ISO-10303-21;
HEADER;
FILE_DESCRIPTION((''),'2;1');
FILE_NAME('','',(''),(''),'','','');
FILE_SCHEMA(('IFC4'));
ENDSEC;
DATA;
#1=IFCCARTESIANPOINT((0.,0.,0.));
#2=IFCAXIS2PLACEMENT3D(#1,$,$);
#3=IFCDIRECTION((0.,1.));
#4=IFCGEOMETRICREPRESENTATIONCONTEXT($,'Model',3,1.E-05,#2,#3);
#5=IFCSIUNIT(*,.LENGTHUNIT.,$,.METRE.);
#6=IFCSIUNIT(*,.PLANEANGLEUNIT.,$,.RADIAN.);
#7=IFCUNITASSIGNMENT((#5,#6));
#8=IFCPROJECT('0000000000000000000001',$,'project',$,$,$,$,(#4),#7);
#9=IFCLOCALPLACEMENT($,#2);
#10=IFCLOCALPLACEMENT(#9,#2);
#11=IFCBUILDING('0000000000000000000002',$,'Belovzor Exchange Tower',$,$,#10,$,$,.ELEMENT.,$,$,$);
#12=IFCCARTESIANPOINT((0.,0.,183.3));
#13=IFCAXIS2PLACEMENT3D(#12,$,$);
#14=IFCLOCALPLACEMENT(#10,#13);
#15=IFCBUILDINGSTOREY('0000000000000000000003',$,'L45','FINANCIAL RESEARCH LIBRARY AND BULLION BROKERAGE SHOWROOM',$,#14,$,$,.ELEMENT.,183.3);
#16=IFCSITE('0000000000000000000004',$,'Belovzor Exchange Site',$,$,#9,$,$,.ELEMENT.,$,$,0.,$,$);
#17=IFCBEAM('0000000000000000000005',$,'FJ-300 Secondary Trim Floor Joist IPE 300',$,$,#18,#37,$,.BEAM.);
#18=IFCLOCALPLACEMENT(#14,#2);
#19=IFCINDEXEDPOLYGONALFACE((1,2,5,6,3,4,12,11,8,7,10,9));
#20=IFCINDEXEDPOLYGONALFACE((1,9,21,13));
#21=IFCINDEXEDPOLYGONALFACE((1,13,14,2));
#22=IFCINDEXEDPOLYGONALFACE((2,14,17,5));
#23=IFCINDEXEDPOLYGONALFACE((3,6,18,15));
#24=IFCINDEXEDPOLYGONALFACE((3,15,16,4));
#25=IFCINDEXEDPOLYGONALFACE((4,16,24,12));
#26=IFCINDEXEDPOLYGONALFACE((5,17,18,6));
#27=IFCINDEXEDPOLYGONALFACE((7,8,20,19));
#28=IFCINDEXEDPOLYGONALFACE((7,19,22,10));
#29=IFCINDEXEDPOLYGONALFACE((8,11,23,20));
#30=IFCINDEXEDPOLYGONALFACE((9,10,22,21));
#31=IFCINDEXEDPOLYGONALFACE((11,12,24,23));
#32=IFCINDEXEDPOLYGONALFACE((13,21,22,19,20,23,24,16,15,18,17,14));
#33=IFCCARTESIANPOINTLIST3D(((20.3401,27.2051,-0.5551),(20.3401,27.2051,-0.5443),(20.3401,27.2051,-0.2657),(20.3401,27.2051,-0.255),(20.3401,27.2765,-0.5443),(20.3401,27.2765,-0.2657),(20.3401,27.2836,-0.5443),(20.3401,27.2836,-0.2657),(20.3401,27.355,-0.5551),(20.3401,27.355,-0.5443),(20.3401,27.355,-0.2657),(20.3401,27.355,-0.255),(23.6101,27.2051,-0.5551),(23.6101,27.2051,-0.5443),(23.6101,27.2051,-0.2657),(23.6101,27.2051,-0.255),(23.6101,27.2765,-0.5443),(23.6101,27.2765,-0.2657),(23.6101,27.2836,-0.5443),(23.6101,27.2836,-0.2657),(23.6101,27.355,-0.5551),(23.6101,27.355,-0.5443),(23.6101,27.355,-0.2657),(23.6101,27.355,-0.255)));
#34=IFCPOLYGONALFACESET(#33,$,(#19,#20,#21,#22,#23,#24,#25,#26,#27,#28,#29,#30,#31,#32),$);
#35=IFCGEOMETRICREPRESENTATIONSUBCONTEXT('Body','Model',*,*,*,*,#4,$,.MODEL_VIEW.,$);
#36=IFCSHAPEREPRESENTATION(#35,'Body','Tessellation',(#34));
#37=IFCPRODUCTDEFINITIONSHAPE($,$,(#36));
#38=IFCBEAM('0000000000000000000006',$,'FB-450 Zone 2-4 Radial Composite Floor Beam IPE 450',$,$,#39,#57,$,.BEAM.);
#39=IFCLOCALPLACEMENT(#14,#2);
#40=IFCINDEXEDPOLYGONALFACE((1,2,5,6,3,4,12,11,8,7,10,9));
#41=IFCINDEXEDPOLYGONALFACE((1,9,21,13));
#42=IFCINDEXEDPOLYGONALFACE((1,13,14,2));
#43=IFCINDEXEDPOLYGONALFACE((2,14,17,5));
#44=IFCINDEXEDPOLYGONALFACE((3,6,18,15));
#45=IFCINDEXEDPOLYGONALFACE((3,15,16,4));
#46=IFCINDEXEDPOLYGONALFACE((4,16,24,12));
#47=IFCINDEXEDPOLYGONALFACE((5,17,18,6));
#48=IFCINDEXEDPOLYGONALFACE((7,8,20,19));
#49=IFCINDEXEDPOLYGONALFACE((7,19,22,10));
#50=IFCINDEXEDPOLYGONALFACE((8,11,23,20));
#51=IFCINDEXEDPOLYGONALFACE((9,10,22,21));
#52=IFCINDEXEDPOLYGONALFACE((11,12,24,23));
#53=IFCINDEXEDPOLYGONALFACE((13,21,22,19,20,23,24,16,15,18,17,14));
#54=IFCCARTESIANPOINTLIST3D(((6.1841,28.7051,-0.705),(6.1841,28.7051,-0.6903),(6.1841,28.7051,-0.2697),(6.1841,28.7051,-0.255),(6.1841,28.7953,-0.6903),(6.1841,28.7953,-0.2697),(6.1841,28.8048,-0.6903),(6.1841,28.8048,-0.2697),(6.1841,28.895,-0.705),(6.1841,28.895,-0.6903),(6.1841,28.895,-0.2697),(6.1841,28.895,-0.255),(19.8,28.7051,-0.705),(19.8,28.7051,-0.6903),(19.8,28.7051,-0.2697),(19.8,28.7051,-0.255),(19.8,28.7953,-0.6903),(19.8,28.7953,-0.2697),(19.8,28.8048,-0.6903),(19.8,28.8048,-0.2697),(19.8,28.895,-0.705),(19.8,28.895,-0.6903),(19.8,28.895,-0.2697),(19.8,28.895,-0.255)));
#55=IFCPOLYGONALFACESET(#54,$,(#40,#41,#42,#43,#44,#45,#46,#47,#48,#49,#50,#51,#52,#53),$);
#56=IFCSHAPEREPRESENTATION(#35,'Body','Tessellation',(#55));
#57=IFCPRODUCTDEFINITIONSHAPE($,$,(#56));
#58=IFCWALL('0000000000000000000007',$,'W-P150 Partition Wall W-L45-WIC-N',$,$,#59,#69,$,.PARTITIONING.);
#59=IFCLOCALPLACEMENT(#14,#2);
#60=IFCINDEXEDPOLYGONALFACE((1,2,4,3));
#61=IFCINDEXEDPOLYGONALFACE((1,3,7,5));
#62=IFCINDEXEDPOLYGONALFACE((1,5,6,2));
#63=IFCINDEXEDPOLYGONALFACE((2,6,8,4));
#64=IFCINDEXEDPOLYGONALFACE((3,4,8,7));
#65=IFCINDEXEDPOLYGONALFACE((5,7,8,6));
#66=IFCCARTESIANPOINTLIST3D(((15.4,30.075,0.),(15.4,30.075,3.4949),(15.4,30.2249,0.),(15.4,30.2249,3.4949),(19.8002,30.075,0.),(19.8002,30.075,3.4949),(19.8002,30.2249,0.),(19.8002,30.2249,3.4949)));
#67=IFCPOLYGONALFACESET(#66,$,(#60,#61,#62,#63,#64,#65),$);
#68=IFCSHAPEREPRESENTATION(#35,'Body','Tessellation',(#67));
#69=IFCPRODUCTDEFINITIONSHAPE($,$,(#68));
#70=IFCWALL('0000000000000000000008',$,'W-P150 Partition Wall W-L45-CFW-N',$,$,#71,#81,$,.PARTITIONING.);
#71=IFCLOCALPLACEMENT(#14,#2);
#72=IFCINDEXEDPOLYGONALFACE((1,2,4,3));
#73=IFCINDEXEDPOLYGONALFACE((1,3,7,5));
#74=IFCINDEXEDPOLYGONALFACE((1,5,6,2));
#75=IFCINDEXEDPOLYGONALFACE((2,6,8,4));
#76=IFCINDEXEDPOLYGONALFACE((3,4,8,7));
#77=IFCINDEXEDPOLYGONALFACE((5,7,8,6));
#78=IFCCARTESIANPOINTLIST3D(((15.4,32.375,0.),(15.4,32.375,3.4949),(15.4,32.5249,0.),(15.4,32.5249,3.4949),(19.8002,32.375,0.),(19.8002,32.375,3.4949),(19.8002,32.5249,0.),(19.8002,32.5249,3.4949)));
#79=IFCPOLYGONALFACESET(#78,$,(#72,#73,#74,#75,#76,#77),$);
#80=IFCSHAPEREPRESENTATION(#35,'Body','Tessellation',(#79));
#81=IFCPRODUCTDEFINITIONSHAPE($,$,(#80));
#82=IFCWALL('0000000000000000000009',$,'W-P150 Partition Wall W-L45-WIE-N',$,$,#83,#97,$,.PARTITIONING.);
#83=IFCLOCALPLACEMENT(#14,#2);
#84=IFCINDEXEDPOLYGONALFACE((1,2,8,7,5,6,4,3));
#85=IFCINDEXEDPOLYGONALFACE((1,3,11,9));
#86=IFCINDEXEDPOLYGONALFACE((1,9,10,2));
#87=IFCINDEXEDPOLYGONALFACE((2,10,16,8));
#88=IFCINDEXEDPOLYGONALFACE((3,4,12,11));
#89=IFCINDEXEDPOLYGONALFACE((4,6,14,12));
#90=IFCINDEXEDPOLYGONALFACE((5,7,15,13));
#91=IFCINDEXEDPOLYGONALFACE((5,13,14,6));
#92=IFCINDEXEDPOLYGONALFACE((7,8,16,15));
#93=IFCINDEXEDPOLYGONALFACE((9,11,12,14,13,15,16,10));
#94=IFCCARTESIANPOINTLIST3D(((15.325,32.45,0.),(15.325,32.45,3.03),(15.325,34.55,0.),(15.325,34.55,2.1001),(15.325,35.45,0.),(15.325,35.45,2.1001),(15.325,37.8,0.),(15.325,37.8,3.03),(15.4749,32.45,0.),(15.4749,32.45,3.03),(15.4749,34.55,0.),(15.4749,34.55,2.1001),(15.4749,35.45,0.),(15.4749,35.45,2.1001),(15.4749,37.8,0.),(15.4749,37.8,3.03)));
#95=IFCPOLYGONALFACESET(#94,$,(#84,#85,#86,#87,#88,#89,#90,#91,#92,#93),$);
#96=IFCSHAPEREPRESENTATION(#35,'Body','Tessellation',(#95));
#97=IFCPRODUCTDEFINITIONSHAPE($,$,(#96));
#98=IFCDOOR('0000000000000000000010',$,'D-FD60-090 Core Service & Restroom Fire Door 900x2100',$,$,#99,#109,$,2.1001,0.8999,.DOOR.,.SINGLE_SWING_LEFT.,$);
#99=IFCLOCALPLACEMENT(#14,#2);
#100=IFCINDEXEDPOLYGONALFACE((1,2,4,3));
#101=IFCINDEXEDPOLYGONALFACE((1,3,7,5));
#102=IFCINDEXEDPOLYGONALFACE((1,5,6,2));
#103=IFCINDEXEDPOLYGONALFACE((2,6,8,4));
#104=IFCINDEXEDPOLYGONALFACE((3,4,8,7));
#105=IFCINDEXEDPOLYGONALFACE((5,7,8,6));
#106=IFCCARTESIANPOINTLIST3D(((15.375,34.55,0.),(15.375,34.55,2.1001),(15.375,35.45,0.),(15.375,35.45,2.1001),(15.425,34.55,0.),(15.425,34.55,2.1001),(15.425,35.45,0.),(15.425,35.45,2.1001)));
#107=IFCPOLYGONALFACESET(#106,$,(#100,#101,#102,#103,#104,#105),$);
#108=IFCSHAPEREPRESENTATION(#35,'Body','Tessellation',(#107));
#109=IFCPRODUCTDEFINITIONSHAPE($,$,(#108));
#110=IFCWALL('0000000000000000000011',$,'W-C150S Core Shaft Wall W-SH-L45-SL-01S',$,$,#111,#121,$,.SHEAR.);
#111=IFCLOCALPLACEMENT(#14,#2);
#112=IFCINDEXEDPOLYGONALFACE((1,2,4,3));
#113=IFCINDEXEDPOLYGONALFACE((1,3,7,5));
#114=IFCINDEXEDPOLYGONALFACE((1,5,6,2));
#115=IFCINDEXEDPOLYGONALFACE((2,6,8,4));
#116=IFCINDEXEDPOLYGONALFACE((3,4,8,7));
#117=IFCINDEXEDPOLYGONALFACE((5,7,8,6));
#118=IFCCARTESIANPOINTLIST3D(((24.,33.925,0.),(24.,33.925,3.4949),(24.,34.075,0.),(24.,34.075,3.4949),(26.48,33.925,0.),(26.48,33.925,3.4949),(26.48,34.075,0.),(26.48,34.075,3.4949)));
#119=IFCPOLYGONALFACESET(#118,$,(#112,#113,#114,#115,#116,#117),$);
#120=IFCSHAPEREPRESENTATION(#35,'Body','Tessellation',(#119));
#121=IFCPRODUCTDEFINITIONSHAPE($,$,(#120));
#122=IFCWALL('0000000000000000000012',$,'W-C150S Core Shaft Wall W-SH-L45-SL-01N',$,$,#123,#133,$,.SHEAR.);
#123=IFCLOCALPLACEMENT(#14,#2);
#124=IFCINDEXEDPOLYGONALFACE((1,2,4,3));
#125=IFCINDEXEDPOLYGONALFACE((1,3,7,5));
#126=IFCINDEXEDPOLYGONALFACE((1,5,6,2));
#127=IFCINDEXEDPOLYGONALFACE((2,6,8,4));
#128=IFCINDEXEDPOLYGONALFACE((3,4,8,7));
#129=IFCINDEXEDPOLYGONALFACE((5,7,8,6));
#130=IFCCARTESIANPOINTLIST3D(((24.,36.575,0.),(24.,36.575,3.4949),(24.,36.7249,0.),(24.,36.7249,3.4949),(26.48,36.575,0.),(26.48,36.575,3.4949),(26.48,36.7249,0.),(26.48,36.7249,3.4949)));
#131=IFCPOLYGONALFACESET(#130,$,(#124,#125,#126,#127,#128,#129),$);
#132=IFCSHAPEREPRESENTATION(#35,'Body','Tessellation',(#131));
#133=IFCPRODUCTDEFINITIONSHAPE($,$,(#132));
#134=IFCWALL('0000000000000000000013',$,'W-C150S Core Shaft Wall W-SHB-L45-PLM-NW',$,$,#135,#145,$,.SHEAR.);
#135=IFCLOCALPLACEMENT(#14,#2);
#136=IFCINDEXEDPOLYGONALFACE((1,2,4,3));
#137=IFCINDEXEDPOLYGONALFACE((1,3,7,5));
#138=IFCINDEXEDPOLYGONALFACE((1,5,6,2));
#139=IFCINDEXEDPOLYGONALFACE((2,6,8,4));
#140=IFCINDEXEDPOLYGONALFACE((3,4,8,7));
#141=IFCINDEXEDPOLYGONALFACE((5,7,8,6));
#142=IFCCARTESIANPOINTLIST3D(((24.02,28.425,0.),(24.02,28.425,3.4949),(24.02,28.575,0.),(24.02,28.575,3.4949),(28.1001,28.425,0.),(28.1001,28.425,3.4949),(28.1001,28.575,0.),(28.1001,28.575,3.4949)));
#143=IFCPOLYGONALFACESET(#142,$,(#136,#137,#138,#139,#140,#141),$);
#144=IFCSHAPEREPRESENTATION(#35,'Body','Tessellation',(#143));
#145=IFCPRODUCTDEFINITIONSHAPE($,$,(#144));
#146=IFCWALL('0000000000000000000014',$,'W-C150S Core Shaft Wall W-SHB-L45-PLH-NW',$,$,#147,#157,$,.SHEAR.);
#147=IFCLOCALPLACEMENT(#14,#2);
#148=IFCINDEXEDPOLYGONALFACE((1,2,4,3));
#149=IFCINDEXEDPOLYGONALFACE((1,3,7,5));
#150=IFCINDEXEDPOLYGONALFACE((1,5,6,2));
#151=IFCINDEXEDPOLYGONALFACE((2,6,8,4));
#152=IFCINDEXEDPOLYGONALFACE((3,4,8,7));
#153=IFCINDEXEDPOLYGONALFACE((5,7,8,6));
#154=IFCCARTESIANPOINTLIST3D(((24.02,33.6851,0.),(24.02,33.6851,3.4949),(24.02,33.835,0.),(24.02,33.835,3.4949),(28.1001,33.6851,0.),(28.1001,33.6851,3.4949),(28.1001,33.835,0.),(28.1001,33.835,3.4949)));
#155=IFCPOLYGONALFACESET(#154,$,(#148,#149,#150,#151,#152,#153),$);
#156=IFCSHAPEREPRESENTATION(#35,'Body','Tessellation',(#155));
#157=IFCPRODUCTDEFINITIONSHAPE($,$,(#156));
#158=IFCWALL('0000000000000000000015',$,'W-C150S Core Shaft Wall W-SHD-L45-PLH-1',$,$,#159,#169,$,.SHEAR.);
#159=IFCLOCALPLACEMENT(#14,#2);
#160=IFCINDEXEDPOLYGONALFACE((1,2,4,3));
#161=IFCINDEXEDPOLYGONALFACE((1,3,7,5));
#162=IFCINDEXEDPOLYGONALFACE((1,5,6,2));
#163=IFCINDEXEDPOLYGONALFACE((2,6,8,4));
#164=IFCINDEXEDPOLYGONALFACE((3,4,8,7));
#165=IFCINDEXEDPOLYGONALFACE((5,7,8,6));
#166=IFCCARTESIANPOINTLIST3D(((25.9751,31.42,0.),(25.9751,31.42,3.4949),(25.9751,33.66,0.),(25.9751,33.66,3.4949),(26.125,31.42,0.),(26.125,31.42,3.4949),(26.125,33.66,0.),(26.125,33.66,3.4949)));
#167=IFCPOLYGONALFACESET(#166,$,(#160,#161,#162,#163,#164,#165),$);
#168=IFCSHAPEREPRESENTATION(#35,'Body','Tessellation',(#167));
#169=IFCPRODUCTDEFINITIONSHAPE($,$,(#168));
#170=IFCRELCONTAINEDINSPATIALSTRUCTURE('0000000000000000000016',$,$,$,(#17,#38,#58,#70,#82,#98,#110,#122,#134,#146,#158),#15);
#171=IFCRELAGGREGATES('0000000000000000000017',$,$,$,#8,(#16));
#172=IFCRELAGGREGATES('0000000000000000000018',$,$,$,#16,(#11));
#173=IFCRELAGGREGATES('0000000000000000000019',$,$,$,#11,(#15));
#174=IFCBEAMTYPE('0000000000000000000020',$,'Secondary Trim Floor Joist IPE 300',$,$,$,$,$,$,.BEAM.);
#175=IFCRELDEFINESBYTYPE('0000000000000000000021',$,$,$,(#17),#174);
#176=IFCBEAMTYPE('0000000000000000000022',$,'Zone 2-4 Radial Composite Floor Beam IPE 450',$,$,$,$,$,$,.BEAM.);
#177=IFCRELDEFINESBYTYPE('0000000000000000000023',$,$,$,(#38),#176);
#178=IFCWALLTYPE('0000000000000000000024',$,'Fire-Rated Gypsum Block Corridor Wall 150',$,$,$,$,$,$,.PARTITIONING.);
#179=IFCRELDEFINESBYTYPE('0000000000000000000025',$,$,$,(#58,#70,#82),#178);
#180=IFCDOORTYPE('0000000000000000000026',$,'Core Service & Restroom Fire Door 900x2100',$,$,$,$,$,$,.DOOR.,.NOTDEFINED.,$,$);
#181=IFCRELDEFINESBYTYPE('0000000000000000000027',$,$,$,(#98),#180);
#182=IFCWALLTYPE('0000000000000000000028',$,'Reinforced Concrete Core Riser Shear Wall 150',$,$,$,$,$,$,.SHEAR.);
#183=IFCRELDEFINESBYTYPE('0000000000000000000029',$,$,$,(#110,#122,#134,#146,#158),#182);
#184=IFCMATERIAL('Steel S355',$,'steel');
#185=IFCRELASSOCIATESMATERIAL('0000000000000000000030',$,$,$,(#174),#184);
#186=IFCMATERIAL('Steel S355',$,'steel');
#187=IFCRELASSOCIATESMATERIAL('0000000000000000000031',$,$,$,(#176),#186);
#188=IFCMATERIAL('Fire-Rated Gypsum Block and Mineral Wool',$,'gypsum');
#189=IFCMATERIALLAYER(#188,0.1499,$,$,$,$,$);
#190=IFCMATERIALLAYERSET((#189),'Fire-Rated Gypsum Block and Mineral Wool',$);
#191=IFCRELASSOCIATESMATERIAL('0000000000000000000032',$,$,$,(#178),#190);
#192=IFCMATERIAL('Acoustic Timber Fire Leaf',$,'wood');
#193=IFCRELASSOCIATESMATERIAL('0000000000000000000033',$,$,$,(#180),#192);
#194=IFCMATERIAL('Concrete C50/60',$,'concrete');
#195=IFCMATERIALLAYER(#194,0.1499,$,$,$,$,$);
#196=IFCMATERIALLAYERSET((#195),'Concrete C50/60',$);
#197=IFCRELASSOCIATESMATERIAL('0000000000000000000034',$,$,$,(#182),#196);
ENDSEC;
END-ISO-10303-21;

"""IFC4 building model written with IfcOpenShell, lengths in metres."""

from ifc_helpers import new_model, si_unit, direction, frame, frame_2d, origin, origin_2d, place, context, subcontext, project, spatial, rectangle, i_section, extrude, material, layer, layer_set, material_profile, profile_set, type_object, element, fill, save


model = new_model("IFC4")

# Units and contexts
model_context = context("Model", 3, precision=1e-05, world=origin(), true_north=direction((0.0, 1.0)))
body_context = subcontext(model_context, "Body", "Model", "MODEL_VIEW")
ifc_project = project(units=[si_unit("LENGTHUNIT", "METRE"), si_unit("PLANEANGLEUNIT", "RADIAN")], contexts=[model_context])

# Site, building, storey
site_placement = place(None, origin())
site = spatial("IfcSite", under=ifc_project, at=site_placement, Name="Belovzor Exchange Site", CompositionType="ELEMENT", RefElevation=0.0)
building_placement = place(site_placement, origin())
building = spatial("IfcBuilding", under=site, at=building_placement, Name="Belovzor Exchange Tower", CompositionType="ELEMENT")
storey_placement = place(building_placement, frame((0.0, 0.0, 183.3)))
storey = spatial("IfcBuildingStorey", under=building, at=storey_placement, Name="L45", Description="FINANCIAL RESEARCH LIBRARY AND BULLION BROKERAGE SHOWROOM", CompositionType="ELEMENT", Elevation=183.3)

# Beams
ifc_material_1 = material(Name="Steel S355", Category="steel")
ifc_material_profile_1 = material_profile(ifc_material_1, i_section(OverallWidth=0.1499, OverallDepth=0.3, WebThickness=0.0071, FlangeThickness=0.0107, at=origin_2d()))
ifc_profile_set_1 = profile_set([ifc_material_profile_1], Name="Steel S355")
beam_type_1 = type_object("IfcBeamType", Name="Secondary Trim Floor Joist IPE 300", PredefinedType="BEAM", material=ifc_profile_set_1)
beam_1_placement = place(storey_placement, frame((20.3401, 27.28, -0.405), z_axis=(1.0, 0.0, 0.0), x_axis=(0.0, 1.0, 0.0)))
element("IfcBeam", 1, at=beam_1_placement, inside=storey, type_object=beam_type_1, Name="FJ-300 Secondary Trim Floor Joist IPE 300", PredefinedType="BEAM", context=body_context, shape_type="SweptSolid", body=[
    extrude(i_section(OverallWidth=0.1499, OverallDepth=0.3, WebThickness=0.0071, FlangeThickness=0.0107, at=origin_2d()), origin(), (0.0, 0.0, 1.0), 3.27),
])
ifc_material_2 = material(Name="Steel S355", Category="steel")
ifc_material_profile_2 = material_profile(ifc_material_2, i_section(OverallWidth=0.1899, OverallDepth=0.45, WebThickness=0.0095, FlangeThickness=0.0146, at=origin_2d()))
ifc_profile_set_2 = profile_set([ifc_material_profile_2], Name="Steel S355")
beam_type_2 = type_object("IfcBeamType", Name="Zone 2-4 Radial Composite Floor Beam IPE 450", PredefinedType="BEAM", material=ifc_profile_set_2)
beam_2_placement = place(storey_placement, frame((19.8, 28.8, -0.48), z_axis=(-1.0, 0.0, 0.0), x_axis=(0.0, -1.0, 0.0)))
element("IfcBeam", 2, at=beam_2_placement, inside=storey, type_object=beam_type_2, Name="FB-450 Zone 2-4 Radial Composite Floor Beam IPE 450", PredefinedType="BEAM", context=body_context, shape_type="SweptSolid", body=[
    extrude(i_section(OverallWidth=0.1899, OverallDepth=0.45, WebThickness=0.0095, FlangeThickness=0.0146, at=origin_2d()), origin(), (0.0, 0.0, 1.0), 13.616),
])

# Walls
ifc_material_3 = material(Name="Fire-Rated Gypsum Block and Mineral Wool", Category="gypsum")
ifc_layer_1 = layer(ifc_material_3, 0.1499)
ifc_layer_set_1 = layer_set([ifc_layer_1], Name="Fire-Rated Gypsum Block and Mineral Wool")
wall_type_1 = type_object("IfcWallType", Name="Fire-Rated Gypsum Block Corridor Wall 150", PredefinedType="PARTITIONING", material=ifc_layer_set_1)
for number, where, z_axis, x_axis, name in (
    (3, (15.3999, 30.1499, 0.0), (0.0, 0.0, 1.0), (1.0, 0.0, 0.0), "W-P150 Partition Wall W-L45-WIC-N"),
    (4, (15.3999, 32.45, 0.0), (0.0, 0.0, 1.0), (1.0, 0.0, 0.0), "W-P150 Partition Wall W-L45-CFW-N"),
):
    element("IfcWall", number, at=place(storey_placement, frame(where, z_axis=z_axis, x_axis=x_axis)), inside=storey, type_object=wall_type_1, Name=name, PredefinedType="PARTITIONING", context=body_context, shape_type="SweptSolid", body=[
        extrude(rectangle(XDim=4.4001, YDim=0.1499, at=frame_2d((2.2002, 0.0))), origin(), (0.0, 0.0, 1.0), 3.4949),
    ])

# Wall, opening, door
wall_1_placement = place(storey_placement, frame((15.3999, 32.45, 0.0), z_axis=(0.0, 0.0, 1.0), x_axis=(0.0, 1.0, 0.0)))
wall_1 = element("IfcWall", 5, at=wall_1_placement, inside=storey, type_object=wall_type_1, Name="W-P150 Partition Wall W-L45-WIE-N", PredefinedType="PARTITIONING", context=body_context, shape_type="SweptSolid", body=[
    extrude(rectangle(XDim=5.3501, YDim=0.1499, at=frame_2d((2.675, 0.0))), origin(), (0.0, 0.0, 1.0), 3.03),
])
opening_1_placement = place(wall_1_placement, frame((2.1001, 0.0, 0.0)))
opening_1 = element("IfcOpeningElement", 6, at=opening_1_placement, cuts=wall_1, PredefinedType="OPENING", context=body_context, shape_type="SweptSolid", body=[
    extrude(rectangle(XDim=0.8999, YDim=2.1001, at=frame_2d((0.45, 1.05))), frame((0.0, 0.085, 0.0), z_axis=(0.0, -1.0, 0.0), x_axis=(1.0, 0.0, 0.0)), (0.0, 0.0, 1.0), 0.1699),
])
ifc_material_4 = material(Name="Acoustic Timber Fire Leaf", Category="wood")
door_type_1 = type_object("IfcDoorType", Name="Core Service & Restroom Fire Door 900x2100", OperationType="NOTDEFINED", PredefinedType="DOOR", material=ifc_material_4)
door_1_placement = place(opening_1_placement, origin())
door_1 = element("IfcDoor", 7, at=door_1_placement, inside=storey, type_object=door_type_1, Name="D-FD60-090 Core Service & Restroom Fire Door 900x2100", OperationType="SINGLE_SWING_LEFT", OverallHeight=2.1001, OverallWidth=0.8999, PredefinedType="DOOR", context=body_context, shape_type="SweptSolid", body=[
    extrude(rectangle(XDim=0.8999, YDim=2.1001, at=frame_2d((0.45, 1.05))), frame((0.0, 0.0249, 0.0), z_axis=(0.0, -1.0, 0.0), x_axis=(1.0, 0.0, 0.0)), (0.0, 0.0, 1.0), 0.05),
])
fill(opening_1, door_1)

# Walls
ifc_material_5 = material(Name="Concrete C50/60", Category="concrete")
ifc_layer_2 = layer(ifc_material_5, 0.1499)
ifc_layer_set_2 = layer_set([ifc_layer_2], Name="Concrete C50/60")
wall_type_2 = type_object("IfcWallType", Name="Reinforced Concrete Core Riser Shear Wall 150", PredefinedType="SHEAR", material=ifc_layer_set_2)
for number, where, z_axis, x_axis, name in (
    (8, (24.0, 34.0, 0.0), (0.0, 0.0, 1.0), (1.0, 0.0, 0.0), "W-C150S Core Shaft Wall W-SH-L45-SL-01S"),
    (9, (24.0, 36.6499, 0.0), (0.0, 0.0, 1.0), (1.0, 0.0, 0.0), "W-C150S Core Shaft Wall W-SH-L45-SL-01N"),
):
    element("IfcWall", number, at=place(storey_placement, frame(where, z_axis=z_axis, x_axis=x_axis)), inside=storey, type_object=wall_type_2, Name=name, PredefinedType="SHEAR", context=body_context, shape_type="SweptSolid", body=[
        extrude(rectangle(XDim=2.48, YDim=0.1499, at=frame_2d((1.24, 0.0))), origin(), (0.0, 0.0, 1.0), 3.4949),
    ])
for number, where, z_axis, x_axis, name in (
    (10, (24.02, 28.5, 0.0), (0.0, 0.0, 1.0), (1.0, 0.0, 0.0), "W-C150S Core Shaft Wall W-SHB-L45-PLM-NW"),
    (11, (24.02, 33.76, 0.0), (0.0, 0.0, 1.0), (1.0, 0.0, 0.0), "W-C150S Core Shaft Wall W-SHB-L45-PLH-NW"),
):
    element("IfcWall", number, at=place(storey_placement, frame(where, z_axis=z_axis, x_axis=x_axis)), inside=storey, type_object=wall_type_2, Name=name, PredefinedType="SHEAR", context=body_context, shape_type="SweptSolid", body=[
        extrude(rectangle(XDim=4.0801, YDim=0.1499, at=frame_2d((2.04, 0.0))), origin(), (0.0, 0.0, 1.0), 3.4949),
    ])
wall_2_placement = place(storey_placement, frame((26.05, 31.4199, 0.0), z_axis=(0.0, 0.0, 1.0), x_axis=(0.0, 1.0, 0.0)))
element("IfcWall", 12, at=wall_2_placement, inside=storey, type_object=wall_type_2, Name="W-C150S Core Shaft Wall W-SHD-L45-PLH-1", PredefinedType="SHEAR", context=body_context, shape_type="SweptSolid", body=[
    extrude(rectangle(XDim=2.24, YDim=0.1499, at=frame_2d((1.1201, 0.0))), origin(), (0.0, 0.0, 1.0), 3.4949),
])

save(model, "model.ifc")
